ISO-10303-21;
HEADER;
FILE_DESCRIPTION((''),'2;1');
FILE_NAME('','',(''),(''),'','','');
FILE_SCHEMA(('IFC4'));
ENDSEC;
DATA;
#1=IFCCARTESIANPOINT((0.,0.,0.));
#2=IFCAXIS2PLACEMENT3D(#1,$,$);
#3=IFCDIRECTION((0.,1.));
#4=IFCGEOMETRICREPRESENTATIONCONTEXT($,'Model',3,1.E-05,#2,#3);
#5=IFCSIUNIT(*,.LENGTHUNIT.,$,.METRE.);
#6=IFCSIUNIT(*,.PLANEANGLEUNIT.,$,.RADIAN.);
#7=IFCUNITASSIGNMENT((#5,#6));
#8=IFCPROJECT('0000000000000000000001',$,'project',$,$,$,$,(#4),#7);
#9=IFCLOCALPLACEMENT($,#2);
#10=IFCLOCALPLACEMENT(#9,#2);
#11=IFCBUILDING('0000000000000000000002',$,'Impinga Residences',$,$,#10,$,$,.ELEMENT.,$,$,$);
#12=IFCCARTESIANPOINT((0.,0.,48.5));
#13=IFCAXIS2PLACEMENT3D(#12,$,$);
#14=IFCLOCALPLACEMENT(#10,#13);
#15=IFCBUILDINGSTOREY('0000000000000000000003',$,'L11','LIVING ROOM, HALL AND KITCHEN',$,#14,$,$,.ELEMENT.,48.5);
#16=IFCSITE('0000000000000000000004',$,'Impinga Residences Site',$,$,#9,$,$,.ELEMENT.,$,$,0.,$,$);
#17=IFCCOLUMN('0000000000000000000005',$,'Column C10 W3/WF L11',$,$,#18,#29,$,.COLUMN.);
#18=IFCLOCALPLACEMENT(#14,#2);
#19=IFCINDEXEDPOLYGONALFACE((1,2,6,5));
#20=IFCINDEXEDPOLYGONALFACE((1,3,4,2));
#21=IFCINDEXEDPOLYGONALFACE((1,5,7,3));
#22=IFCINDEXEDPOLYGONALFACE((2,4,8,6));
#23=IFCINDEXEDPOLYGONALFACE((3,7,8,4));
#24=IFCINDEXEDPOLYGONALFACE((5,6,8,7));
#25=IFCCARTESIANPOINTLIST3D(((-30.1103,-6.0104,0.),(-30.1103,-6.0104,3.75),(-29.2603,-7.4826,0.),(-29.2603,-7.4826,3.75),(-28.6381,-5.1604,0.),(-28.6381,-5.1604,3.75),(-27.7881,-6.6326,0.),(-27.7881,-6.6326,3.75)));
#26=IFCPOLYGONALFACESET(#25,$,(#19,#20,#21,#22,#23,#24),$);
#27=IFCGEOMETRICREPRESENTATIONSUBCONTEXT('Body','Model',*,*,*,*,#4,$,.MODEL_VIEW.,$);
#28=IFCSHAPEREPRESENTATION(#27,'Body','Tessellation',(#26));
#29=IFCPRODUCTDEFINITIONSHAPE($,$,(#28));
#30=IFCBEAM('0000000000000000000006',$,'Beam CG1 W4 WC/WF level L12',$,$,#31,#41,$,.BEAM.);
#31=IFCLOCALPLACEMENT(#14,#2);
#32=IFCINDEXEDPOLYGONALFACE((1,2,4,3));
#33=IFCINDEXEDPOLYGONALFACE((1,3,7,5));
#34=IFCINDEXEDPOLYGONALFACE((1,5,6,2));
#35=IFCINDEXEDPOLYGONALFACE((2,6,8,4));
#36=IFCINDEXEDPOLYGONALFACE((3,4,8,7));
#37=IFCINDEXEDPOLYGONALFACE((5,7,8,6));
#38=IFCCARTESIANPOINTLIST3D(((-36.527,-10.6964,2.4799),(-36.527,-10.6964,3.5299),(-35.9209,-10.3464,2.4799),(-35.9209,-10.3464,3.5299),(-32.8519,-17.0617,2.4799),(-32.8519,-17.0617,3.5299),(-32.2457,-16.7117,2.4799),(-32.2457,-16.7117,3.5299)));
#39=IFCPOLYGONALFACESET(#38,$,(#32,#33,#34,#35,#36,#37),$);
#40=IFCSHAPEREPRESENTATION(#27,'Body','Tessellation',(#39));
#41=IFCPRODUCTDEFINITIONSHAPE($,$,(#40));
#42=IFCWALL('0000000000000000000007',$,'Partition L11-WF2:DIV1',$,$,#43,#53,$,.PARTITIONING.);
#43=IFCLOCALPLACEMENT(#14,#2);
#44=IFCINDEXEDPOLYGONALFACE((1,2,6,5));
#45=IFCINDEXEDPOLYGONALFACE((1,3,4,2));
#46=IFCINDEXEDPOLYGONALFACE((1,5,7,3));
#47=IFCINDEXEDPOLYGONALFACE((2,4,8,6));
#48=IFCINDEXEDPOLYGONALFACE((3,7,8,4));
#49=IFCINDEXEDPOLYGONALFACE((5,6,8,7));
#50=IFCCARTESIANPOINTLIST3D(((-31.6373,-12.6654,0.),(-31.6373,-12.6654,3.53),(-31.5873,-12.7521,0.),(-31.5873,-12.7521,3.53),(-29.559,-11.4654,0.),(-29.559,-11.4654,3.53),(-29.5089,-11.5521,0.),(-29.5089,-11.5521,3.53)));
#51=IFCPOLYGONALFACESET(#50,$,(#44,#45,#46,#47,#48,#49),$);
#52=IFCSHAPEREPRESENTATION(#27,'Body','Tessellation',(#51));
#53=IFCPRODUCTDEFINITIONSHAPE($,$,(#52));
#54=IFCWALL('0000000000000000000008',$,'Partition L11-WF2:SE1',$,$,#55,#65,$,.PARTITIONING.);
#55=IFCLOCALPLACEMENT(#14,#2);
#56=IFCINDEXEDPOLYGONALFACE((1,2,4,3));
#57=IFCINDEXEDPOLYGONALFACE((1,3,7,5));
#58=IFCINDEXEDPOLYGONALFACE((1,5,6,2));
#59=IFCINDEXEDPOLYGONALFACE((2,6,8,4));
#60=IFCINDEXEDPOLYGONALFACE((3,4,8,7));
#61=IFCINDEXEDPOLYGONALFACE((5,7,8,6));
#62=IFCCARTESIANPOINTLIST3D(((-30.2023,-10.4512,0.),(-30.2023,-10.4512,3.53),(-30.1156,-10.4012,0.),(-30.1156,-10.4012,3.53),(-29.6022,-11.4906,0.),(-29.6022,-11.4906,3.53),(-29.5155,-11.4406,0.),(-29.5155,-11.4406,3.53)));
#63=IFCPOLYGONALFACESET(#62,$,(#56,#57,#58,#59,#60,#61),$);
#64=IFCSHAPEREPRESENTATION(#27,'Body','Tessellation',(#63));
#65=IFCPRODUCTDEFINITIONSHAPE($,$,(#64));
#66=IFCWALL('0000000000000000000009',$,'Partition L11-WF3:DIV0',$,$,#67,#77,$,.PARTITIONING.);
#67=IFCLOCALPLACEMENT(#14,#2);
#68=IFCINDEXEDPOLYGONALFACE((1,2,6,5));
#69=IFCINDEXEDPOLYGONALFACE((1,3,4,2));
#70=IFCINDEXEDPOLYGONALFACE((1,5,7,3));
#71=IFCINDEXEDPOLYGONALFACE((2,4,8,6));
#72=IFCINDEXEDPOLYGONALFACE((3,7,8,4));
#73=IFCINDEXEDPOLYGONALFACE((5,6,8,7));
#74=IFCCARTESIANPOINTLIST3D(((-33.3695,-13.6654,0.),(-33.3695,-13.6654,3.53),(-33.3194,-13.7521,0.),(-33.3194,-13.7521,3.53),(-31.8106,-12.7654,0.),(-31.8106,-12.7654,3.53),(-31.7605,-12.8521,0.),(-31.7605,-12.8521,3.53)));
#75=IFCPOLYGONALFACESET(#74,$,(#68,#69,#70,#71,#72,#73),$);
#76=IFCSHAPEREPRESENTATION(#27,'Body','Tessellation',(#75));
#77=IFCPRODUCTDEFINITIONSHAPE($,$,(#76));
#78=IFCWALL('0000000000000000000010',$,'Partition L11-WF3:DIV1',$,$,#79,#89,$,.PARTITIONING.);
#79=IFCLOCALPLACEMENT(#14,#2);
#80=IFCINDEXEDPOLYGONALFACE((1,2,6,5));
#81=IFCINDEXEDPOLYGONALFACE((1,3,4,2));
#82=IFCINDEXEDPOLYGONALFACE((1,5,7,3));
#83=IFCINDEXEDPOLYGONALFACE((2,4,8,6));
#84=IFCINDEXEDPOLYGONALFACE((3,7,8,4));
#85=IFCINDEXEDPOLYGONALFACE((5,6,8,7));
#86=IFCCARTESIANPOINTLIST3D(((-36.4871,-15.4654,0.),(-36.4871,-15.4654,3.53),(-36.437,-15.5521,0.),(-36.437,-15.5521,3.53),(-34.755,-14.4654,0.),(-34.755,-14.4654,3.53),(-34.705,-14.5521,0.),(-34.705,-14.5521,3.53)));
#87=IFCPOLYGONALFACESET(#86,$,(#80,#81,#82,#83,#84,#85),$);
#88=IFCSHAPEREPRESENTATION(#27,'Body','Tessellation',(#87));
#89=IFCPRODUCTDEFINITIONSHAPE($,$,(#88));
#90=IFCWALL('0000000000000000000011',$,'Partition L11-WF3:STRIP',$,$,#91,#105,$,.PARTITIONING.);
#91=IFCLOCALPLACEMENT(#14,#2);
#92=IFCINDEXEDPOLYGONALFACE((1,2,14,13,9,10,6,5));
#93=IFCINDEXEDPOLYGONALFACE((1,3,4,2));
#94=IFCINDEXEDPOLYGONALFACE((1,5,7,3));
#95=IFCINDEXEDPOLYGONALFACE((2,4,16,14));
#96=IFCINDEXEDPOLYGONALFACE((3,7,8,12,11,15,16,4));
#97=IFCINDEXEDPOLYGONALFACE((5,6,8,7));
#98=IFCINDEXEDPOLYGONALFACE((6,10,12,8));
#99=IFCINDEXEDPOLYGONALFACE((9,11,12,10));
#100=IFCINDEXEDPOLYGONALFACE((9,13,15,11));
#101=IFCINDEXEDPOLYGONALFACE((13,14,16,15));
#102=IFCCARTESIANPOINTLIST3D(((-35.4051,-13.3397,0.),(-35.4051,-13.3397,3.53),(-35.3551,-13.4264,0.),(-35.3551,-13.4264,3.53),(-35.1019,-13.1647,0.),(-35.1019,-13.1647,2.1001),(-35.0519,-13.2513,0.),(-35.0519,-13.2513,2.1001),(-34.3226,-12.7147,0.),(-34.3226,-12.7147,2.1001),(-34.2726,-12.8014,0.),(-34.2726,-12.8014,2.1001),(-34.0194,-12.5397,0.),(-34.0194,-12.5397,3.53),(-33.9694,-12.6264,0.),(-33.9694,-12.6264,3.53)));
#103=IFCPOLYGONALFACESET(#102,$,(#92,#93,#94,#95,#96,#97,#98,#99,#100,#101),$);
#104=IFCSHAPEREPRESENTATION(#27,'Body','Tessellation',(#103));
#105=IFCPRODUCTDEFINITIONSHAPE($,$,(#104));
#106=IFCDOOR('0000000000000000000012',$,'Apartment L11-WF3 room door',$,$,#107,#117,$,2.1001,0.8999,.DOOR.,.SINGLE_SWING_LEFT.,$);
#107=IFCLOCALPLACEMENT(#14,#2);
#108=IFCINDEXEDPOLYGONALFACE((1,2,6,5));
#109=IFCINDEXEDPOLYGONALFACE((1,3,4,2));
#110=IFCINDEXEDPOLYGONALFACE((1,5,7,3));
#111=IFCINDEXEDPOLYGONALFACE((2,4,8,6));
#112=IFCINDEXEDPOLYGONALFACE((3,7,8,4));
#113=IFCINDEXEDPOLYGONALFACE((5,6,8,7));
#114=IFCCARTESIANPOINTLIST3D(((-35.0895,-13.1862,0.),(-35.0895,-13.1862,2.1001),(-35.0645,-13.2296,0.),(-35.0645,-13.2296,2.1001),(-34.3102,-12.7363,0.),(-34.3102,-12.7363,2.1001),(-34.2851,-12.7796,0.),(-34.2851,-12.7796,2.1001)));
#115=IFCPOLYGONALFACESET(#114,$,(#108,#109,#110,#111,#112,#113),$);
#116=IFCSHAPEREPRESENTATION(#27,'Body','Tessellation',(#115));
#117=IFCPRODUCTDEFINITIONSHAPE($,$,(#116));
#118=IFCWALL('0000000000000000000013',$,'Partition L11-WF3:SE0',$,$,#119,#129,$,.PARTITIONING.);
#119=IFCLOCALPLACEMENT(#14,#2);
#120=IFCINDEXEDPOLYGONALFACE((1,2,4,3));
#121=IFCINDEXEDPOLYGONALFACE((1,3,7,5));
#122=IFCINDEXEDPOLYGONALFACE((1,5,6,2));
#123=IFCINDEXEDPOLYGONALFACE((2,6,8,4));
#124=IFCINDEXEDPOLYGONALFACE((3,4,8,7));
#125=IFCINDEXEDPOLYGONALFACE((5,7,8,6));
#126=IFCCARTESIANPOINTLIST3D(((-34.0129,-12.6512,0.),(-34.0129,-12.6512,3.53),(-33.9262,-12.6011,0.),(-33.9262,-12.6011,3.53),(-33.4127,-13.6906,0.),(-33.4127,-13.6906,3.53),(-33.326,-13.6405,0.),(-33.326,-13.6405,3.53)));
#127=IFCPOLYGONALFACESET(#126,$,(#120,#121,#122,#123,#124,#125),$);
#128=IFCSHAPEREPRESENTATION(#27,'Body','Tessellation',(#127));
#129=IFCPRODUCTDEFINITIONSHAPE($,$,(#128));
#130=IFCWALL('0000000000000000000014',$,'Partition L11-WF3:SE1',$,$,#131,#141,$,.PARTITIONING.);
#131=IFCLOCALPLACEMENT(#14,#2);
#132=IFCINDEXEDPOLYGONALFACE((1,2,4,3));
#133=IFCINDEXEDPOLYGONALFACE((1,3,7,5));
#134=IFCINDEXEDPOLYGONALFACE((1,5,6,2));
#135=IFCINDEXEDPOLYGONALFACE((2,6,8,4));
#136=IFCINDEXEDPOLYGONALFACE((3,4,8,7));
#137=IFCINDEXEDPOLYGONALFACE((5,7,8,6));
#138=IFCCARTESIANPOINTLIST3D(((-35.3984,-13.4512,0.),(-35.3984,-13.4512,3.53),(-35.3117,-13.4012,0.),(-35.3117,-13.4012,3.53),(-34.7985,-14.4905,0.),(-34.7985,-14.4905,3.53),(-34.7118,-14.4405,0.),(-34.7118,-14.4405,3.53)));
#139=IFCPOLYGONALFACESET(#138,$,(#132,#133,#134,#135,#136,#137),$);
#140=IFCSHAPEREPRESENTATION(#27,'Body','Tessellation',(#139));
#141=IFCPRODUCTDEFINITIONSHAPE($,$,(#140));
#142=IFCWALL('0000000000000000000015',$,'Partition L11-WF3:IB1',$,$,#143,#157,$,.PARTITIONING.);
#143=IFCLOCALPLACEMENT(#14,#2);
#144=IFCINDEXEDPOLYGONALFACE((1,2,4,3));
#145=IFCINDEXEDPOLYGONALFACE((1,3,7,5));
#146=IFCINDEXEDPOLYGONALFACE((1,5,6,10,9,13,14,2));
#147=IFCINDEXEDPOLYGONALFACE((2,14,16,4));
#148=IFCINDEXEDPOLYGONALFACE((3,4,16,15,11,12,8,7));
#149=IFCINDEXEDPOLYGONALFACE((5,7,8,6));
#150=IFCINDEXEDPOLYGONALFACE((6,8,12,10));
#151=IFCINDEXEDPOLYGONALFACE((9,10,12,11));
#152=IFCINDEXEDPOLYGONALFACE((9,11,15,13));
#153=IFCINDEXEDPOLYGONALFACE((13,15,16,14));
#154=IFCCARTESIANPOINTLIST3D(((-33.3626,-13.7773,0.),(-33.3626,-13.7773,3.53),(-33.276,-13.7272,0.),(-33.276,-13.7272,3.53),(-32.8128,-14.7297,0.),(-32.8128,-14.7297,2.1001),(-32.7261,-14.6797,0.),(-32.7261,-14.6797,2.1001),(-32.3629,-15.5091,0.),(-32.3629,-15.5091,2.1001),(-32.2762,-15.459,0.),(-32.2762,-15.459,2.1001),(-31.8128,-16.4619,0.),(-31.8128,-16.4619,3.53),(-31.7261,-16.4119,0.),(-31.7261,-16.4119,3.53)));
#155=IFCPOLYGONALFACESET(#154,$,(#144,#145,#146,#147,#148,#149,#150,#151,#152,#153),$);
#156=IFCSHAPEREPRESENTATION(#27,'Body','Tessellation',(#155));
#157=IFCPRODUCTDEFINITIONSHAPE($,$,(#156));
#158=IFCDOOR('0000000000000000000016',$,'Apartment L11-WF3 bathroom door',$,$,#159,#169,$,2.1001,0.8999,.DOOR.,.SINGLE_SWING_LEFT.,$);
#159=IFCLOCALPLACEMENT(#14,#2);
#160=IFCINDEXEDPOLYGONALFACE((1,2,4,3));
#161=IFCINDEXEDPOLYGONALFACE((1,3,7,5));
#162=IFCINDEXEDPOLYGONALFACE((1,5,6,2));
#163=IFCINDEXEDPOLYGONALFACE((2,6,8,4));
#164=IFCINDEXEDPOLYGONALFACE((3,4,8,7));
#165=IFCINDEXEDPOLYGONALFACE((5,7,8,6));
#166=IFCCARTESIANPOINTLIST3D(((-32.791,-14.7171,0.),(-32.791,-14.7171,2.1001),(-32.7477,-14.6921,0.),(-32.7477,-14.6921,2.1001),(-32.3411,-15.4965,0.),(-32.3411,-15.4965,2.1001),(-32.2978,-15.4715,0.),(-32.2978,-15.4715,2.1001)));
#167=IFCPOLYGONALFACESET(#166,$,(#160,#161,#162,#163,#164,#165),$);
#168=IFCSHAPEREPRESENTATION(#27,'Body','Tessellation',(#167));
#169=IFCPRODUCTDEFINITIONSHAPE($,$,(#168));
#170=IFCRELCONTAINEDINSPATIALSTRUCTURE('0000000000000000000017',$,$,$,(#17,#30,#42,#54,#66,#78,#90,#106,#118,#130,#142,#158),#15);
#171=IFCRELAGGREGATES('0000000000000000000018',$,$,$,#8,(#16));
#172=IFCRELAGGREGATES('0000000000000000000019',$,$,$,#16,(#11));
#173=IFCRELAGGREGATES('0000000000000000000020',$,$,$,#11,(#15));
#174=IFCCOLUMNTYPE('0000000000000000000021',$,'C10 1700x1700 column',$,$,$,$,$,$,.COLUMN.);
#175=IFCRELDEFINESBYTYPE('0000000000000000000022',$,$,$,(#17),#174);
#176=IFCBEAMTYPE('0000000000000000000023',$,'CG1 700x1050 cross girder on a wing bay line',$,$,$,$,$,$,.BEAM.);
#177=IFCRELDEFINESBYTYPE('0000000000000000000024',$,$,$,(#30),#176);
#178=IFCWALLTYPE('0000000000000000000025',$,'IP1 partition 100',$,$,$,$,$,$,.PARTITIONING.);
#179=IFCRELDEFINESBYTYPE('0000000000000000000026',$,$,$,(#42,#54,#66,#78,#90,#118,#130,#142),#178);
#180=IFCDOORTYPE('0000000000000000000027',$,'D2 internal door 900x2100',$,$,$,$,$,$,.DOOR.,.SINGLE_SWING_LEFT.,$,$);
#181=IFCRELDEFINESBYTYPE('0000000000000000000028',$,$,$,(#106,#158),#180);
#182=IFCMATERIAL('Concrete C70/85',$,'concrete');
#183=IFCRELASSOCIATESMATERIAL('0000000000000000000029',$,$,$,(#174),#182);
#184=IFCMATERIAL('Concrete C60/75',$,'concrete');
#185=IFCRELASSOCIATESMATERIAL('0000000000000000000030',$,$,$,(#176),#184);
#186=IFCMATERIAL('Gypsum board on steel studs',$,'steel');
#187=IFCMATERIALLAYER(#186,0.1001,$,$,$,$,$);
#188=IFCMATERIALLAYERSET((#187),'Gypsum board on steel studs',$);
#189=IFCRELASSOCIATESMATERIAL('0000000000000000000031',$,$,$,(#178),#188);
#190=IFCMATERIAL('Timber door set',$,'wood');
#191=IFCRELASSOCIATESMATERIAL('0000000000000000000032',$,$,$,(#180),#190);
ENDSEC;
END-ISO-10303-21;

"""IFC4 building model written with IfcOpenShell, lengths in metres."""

from ifc_helpers import new_model, si_unit, direction, frame, frame_2d, origin, origin_2d, place, context, subcontext, project, spatial, rectangle, extrude, material, layer, layer_set, material_profile, profile_set, type_object, element, fill, save


model = new_model("IFC4")

# Units and contexts
model_context = context("Model", 3, precision=1e-05, world=origin(), true_north=direction((0.0, 1.0)))
body_context = subcontext(model_context, "Body", "Model", "MODEL_VIEW")
ifc_project = project(units=[si_unit("LENGTHUNIT", "METRE"), si_unit("PLANEANGLEUNIT", "RADIAN")], contexts=[model_context])

# Site, building, storey
site_placement = place(None, origin())
site = spatial("IfcSite", under=ifc_project, at=site_placement, Name="Impinga Residences Site", CompositionType="ELEMENT", RefElevation=0.0)
building_placement = place(site_placement, origin())
building = spatial("IfcBuilding", under=site, at=building_placement, Name="Impinga Residences", CompositionType="ELEMENT")
storey_placement = place(building_placement, frame((0.0, 0.0, 48.5)))
storey = spatial("IfcBuildingStorey", under=building, at=storey_placement, Name="L11", Description="LIVING ROOM, HALL AND KITCHEN", CompositionType="ELEMENT", Elevation=48.5)

# Column
ifc_material_1 = material(Name="Concrete C70/85", Category="concrete")
ifc_material_profile_1 = material_profile(ifc_material_1, rectangle(XDim=1.7, YDim=1.7, at=origin_2d()), Name="RC 1700x1700")
ifc_profile_set_1 = profile_set([ifc_material_profile_1], Name="Concrete C70/85")
column_type = type_object("IfcColumnType", Name="C10 1700x1700 column", PredefinedType="COLUMN", material=ifc_profile_set_1)
column_placement = place(storey_placement, frame((-28.9492, -6.3215, 0.0), z_axis=(0.0, 0.0, 1.0), x_axis=(-0.5, 0.866025, 0.0)))
element("IfcColumn", 1, at=column_placement, inside=storey, type_object=column_type, Name="Column C10 W3/WF L11", PredefinedType="COLUMN", context=body_context, shape_type="SweptSolid", body=[
    extrude(rectangle(XDim=1.7, YDim=1.7, at=origin_2d()), origin(), (0.0, 0.0, 1.0), 3.75),
])

# Beam
ifc_material_2 = material(Name="Concrete C60/75", Category="concrete")
ifc_material_profile_2 = material_profile(ifc_material_2, rectangle(XDim=0.7, YDim=1.05, at=origin_2d()), Name="RC 700x1050")
ifc_profile_set_2 = profile_set([ifc_material_profile_2], Name="Concrete C60/75")
beam_type = type_object("IfcBeamType", Name="CG1 700x1050 cross girder on a wing bay line", PredefinedType="BEAM", material=ifc_profile_set_2)
beam_placement = place(storey_placement, frame((-32.5488, -16.8867, 3.0049), z_axis=(-0.500008, 0.866021, 0.0), x_axis=(-0.866021, -0.500008, 0.0)))
element("IfcBeam", 2, at=beam_placement, inside=storey, type_object=beam_type, Name="Beam CG1 W4 WC/WF level L12", PredefinedType="BEAM", context=body_context, shape_type="SweptSolid", body=[
    extrude(rectangle(XDim=0.7, YDim=1.05, at=origin_2d()), origin(), (0.0, 0.0, 1.0), 7.3501),
])

# Walls
ifc_material_3 = material(Name="Gypsum board on steel studs", Category="steel")
ifc_layer_1 = layer(ifc_material_3, 0.1001)
ifc_layer_set_1 = layer_set([ifc_layer_1], Name="Gypsum board on steel studs")
wall_type_1 = type_object("IfcWallType", Name="IP1 partition 100", PredefinedType="PARTITIONING", material=ifc_layer_set_1)
wall_1_placement = place(storey_placement, frame((-29.5339, -11.5088, 0.0), z_axis=(0.0, 0.0, 1.0), x_axis=(-0.866025, -0.500001, 0.0)))
element("IfcWall", 3, at=wall_1_placement, inside=storey, type_object=wall_type_1, Name="Partition L11-WF2:DIV1", PredefinedType="PARTITIONING", context=body_context, shape_type="SweptSolid", body=[
    extrude(rectangle(XDim=2.3999, YDim=0.1001, at=frame_2d((1.2, 0.0))), origin(), (0.0, 0.0, 1.0), 3.53),
])
wall_2_placement = place(storey_placement, frame((-29.5588, -11.4656, 0.0), z_axis=(0.0, 0.0, 1.0), x_axis=(-0.500034, 0.866006, 0.0)))
element("IfcWall", 4, at=wall_2_placement, inside=storey, type_object=wall_type_1, Name="Partition L11-WF2:SE1", PredefinedType="PARTITIONING", context=body_context, shape_type="SweptSolid", body=[
    extrude(rectangle(XDim=1.2002, YDim=0.1001, at=frame_2d((0.6001, 0.0))), origin(), (0.0, 0.0, 1.0), 3.53),
])
wall_3_placement = place(storey_placement, frame((-31.7856, -12.8088, 0.0), z_axis=(0.0, 0.0, 1.0), x_axis=(-0.866048, -0.499961, 0.0)))
element("IfcWall", 5, at=wall_3_placement, inside=storey, type_object=wall_type_1, Name="Partition L11-WF3:DIV0", PredefinedType="PARTITIONING", context=body_context, shape_type="SweptSolid", body=[
    extrude(rectangle(XDim=1.8, YDim=0.1001, at=frame_2d((0.8999, 0.0))), origin(), (0.0, 0.0, 1.0), 3.53),
])
wall_4_placement = place(storey_placement, frame((-34.73, -14.5088, 0.0), z_axis=(0.0, 0.0, 1.0), x_axis=(-0.866041, -0.499973, 0.0)))
element("IfcWall", 6, at=wall_4_placement, inside=storey, type_object=wall_type_1, Name="Partition L11-WF3:DIV1", PredefinedType="PARTITIONING", context=body_context, shape_type="SweptSolid", body=[
    extrude(rectangle(XDim=2.0, YDim=0.1001, at=frame_2d((1.0, 0.0))), origin(), (0.0, 0.0, 1.0), 3.53),
])

# Wall, opening, door
wall_5_placement = place(storey_placement, frame((-33.9944, -12.583, 0.0), z_axis=(0.0, 0.0, 1.0), x_axis=(-0.866028, -0.499995, 0.0)))
wall_5 = element("IfcWall", 7, at=wall_5_placement, inside=storey, type_object=wall_type_1, Name="Partition L11-WF3:STRIP", PredefinedType="PARTITIONING", context=body_context, shape_type="SweptSolid", body=[
    extrude(rectangle(XDim=1.6001, YDim=0.1001, at=frame_2d((0.8, 0.0))), origin(), (0.0, 0.0, 1.0), 3.53),
])
opening_1_placement = place(wall_5_placement, frame((0.3501, 0.0, 0.0)))
opening_1 = element("IfcOpeningElement", 8, at=opening_1_placement, cuts=wall_5, PredefinedType="OPENING", context=body_context, shape_type="SweptSolid", body=[
    extrude(rectangle(XDim=0.8999, YDim=2.1001, at=frame_2d((0.45, 1.05))), frame((0.0, 0.0601, 0.0), z_axis=(0.0, -1.0, 0.0), x_axis=(1.0, 0.0, 0.0)), (0.0, 0.0, 1.0), 0.1201),
])
ifc_material_4 = material(Name="Timber door set", Category="wood")
door_type = type_object("IfcDoorType", Name="D2 internal door 900x2100", OperationType="SINGLE_SWING_LEFT", PredefinedType="DOOR", material=ifc_material_4)
door_1_placement = place(opening_1_placement, origin())
door_1 = element("IfcDoor", 9, at=door_1_placement, inside=storey, type_object=door_type, Name="Apartment L11-WF3 room door", OperationType="SINGLE_SWING_LEFT", OverallHeight=2.1001, OverallWidth=0.8999, PredefinedType="DOOR", context=body_context, shape_type="SweptSolid", body=[
    extrude(rectangle(XDim=0.8999, YDim=2.1001, at=frame_2d((0.45, 1.05))), frame((0.0, 0.0249, 0.0), z_axis=(0.0, -1.0, 0.0), x_axis=(1.0, 0.0, 0.0)), (0.0, 0.0, 1.0), 0.05),
])
fill(opening_1, door_1)

# Walls
wall_6_placement = place(storey_placement, frame((-33.3694, -13.6655, 0.0), z_axis=(0.0, 0.0, 1.0), x_axis=(-0.500034, 0.866006, 0.0)))
element("IfcWall", 10, at=wall_6_placement, inside=storey, type_object=wall_type_1, Name="Partition L11-WF3:SE0", PredefinedType="PARTITIONING", context=body_context, shape_type="SweptSolid", body=[
    extrude(rectangle(XDim=1.2002, YDim=0.1001, at=frame_2d((0.6001, 0.0))), origin(), (0.0, 0.0, 1.0), 3.53),
])
wall_7_placement = place(storey_placement, frame((-34.7551, -14.4656, 0.0), z_axis=(0.0, 0.0, 1.0), x_axis=(-0.499881, 0.866094, 0.0)))
element("IfcWall", 11, at=wall_7_placement, inside=storey, type_object=wall_type_1, Name="Partition L11-WF3:SE1", PredefinedType="PARTITIONING", context=body_context, shape_type="SweptSolid", body=[
    extrude(rectangle(XDim=1.2, YDim=0.1001, at=frame_2d((0.6001, 0.0))), origin(), (0.0, 0.0, 1.0), 3.53),
])

# Wall, opening, door
wall_8_placement = place(storey_placement, frame((-31.7695, -16.4368, 0.0), z_axis=(0.0, 0.0, 1.0), x_axis=(-0.499968, 0.866044, 0.0)))
wall_8 = element("IfcWall", 12, at=wall_8_placement, inside=storey, type_object=wall_type_1, Name="Partition L11-WF3:IB1", PredefinedType="PARTITIONING", context=body_context, shape_type="SweptSolid", body=[
    extrude(rectangle(XDim=3.0999, YDim=0.1001, at=frame_2d((1.5498, 0.0))), origin(), (0.0, 0.0, 1.0), 3.53),
])
opening_2_placement = place(wall_8_placement, frame((1.1001, 0.0, 0.0)))
opening_2 = element("IfcOpeningElement", 13, at=opening_2_placement, cuts=wall_8, PredefinedType="OPENING", context=body_context, shape_type="SweptSolid", body=[
    extrude(rectangle(XDim=0.8999, YDim=2.1001, at=frame_2d((0.45, 1.05))), frame((0.0, 0.0601, 0.0), z_axis=(0.0, -1.0, 0.0), x_axis=(1.0, 0.0, 0.0)), (0.0, 0.0, 1.0), 0.1201),
])
door_2_placement = place(opening_2_placement, origin())
door_2 = element("IfcDoor", 14, at=door_2_placement, inside=storey, type_object=door_type, Name="Apartment L11-WF3 bathroom door", OperationType="SINGLE_SWING_LEFT", OverallHeight=2.1001, OverallWidth=0.8999, PredefinedType="DOOR", context=body_context, shape_type="SweptSolid", body=[
    extrude(rectangle(XDim=0.8999, YDim=2.1001, at=frame_2d((0.45, 1.05))), frame((0.0, 0.0249, 0.0), z_axis=(0.0, -1.0, 0.0), x_axis=(1.0, 0.0, 0.0)), (0.0, 0.0, 1.0), 0.05),
])
fill(opening_2, door_2)

save(model, "model.ifc")
